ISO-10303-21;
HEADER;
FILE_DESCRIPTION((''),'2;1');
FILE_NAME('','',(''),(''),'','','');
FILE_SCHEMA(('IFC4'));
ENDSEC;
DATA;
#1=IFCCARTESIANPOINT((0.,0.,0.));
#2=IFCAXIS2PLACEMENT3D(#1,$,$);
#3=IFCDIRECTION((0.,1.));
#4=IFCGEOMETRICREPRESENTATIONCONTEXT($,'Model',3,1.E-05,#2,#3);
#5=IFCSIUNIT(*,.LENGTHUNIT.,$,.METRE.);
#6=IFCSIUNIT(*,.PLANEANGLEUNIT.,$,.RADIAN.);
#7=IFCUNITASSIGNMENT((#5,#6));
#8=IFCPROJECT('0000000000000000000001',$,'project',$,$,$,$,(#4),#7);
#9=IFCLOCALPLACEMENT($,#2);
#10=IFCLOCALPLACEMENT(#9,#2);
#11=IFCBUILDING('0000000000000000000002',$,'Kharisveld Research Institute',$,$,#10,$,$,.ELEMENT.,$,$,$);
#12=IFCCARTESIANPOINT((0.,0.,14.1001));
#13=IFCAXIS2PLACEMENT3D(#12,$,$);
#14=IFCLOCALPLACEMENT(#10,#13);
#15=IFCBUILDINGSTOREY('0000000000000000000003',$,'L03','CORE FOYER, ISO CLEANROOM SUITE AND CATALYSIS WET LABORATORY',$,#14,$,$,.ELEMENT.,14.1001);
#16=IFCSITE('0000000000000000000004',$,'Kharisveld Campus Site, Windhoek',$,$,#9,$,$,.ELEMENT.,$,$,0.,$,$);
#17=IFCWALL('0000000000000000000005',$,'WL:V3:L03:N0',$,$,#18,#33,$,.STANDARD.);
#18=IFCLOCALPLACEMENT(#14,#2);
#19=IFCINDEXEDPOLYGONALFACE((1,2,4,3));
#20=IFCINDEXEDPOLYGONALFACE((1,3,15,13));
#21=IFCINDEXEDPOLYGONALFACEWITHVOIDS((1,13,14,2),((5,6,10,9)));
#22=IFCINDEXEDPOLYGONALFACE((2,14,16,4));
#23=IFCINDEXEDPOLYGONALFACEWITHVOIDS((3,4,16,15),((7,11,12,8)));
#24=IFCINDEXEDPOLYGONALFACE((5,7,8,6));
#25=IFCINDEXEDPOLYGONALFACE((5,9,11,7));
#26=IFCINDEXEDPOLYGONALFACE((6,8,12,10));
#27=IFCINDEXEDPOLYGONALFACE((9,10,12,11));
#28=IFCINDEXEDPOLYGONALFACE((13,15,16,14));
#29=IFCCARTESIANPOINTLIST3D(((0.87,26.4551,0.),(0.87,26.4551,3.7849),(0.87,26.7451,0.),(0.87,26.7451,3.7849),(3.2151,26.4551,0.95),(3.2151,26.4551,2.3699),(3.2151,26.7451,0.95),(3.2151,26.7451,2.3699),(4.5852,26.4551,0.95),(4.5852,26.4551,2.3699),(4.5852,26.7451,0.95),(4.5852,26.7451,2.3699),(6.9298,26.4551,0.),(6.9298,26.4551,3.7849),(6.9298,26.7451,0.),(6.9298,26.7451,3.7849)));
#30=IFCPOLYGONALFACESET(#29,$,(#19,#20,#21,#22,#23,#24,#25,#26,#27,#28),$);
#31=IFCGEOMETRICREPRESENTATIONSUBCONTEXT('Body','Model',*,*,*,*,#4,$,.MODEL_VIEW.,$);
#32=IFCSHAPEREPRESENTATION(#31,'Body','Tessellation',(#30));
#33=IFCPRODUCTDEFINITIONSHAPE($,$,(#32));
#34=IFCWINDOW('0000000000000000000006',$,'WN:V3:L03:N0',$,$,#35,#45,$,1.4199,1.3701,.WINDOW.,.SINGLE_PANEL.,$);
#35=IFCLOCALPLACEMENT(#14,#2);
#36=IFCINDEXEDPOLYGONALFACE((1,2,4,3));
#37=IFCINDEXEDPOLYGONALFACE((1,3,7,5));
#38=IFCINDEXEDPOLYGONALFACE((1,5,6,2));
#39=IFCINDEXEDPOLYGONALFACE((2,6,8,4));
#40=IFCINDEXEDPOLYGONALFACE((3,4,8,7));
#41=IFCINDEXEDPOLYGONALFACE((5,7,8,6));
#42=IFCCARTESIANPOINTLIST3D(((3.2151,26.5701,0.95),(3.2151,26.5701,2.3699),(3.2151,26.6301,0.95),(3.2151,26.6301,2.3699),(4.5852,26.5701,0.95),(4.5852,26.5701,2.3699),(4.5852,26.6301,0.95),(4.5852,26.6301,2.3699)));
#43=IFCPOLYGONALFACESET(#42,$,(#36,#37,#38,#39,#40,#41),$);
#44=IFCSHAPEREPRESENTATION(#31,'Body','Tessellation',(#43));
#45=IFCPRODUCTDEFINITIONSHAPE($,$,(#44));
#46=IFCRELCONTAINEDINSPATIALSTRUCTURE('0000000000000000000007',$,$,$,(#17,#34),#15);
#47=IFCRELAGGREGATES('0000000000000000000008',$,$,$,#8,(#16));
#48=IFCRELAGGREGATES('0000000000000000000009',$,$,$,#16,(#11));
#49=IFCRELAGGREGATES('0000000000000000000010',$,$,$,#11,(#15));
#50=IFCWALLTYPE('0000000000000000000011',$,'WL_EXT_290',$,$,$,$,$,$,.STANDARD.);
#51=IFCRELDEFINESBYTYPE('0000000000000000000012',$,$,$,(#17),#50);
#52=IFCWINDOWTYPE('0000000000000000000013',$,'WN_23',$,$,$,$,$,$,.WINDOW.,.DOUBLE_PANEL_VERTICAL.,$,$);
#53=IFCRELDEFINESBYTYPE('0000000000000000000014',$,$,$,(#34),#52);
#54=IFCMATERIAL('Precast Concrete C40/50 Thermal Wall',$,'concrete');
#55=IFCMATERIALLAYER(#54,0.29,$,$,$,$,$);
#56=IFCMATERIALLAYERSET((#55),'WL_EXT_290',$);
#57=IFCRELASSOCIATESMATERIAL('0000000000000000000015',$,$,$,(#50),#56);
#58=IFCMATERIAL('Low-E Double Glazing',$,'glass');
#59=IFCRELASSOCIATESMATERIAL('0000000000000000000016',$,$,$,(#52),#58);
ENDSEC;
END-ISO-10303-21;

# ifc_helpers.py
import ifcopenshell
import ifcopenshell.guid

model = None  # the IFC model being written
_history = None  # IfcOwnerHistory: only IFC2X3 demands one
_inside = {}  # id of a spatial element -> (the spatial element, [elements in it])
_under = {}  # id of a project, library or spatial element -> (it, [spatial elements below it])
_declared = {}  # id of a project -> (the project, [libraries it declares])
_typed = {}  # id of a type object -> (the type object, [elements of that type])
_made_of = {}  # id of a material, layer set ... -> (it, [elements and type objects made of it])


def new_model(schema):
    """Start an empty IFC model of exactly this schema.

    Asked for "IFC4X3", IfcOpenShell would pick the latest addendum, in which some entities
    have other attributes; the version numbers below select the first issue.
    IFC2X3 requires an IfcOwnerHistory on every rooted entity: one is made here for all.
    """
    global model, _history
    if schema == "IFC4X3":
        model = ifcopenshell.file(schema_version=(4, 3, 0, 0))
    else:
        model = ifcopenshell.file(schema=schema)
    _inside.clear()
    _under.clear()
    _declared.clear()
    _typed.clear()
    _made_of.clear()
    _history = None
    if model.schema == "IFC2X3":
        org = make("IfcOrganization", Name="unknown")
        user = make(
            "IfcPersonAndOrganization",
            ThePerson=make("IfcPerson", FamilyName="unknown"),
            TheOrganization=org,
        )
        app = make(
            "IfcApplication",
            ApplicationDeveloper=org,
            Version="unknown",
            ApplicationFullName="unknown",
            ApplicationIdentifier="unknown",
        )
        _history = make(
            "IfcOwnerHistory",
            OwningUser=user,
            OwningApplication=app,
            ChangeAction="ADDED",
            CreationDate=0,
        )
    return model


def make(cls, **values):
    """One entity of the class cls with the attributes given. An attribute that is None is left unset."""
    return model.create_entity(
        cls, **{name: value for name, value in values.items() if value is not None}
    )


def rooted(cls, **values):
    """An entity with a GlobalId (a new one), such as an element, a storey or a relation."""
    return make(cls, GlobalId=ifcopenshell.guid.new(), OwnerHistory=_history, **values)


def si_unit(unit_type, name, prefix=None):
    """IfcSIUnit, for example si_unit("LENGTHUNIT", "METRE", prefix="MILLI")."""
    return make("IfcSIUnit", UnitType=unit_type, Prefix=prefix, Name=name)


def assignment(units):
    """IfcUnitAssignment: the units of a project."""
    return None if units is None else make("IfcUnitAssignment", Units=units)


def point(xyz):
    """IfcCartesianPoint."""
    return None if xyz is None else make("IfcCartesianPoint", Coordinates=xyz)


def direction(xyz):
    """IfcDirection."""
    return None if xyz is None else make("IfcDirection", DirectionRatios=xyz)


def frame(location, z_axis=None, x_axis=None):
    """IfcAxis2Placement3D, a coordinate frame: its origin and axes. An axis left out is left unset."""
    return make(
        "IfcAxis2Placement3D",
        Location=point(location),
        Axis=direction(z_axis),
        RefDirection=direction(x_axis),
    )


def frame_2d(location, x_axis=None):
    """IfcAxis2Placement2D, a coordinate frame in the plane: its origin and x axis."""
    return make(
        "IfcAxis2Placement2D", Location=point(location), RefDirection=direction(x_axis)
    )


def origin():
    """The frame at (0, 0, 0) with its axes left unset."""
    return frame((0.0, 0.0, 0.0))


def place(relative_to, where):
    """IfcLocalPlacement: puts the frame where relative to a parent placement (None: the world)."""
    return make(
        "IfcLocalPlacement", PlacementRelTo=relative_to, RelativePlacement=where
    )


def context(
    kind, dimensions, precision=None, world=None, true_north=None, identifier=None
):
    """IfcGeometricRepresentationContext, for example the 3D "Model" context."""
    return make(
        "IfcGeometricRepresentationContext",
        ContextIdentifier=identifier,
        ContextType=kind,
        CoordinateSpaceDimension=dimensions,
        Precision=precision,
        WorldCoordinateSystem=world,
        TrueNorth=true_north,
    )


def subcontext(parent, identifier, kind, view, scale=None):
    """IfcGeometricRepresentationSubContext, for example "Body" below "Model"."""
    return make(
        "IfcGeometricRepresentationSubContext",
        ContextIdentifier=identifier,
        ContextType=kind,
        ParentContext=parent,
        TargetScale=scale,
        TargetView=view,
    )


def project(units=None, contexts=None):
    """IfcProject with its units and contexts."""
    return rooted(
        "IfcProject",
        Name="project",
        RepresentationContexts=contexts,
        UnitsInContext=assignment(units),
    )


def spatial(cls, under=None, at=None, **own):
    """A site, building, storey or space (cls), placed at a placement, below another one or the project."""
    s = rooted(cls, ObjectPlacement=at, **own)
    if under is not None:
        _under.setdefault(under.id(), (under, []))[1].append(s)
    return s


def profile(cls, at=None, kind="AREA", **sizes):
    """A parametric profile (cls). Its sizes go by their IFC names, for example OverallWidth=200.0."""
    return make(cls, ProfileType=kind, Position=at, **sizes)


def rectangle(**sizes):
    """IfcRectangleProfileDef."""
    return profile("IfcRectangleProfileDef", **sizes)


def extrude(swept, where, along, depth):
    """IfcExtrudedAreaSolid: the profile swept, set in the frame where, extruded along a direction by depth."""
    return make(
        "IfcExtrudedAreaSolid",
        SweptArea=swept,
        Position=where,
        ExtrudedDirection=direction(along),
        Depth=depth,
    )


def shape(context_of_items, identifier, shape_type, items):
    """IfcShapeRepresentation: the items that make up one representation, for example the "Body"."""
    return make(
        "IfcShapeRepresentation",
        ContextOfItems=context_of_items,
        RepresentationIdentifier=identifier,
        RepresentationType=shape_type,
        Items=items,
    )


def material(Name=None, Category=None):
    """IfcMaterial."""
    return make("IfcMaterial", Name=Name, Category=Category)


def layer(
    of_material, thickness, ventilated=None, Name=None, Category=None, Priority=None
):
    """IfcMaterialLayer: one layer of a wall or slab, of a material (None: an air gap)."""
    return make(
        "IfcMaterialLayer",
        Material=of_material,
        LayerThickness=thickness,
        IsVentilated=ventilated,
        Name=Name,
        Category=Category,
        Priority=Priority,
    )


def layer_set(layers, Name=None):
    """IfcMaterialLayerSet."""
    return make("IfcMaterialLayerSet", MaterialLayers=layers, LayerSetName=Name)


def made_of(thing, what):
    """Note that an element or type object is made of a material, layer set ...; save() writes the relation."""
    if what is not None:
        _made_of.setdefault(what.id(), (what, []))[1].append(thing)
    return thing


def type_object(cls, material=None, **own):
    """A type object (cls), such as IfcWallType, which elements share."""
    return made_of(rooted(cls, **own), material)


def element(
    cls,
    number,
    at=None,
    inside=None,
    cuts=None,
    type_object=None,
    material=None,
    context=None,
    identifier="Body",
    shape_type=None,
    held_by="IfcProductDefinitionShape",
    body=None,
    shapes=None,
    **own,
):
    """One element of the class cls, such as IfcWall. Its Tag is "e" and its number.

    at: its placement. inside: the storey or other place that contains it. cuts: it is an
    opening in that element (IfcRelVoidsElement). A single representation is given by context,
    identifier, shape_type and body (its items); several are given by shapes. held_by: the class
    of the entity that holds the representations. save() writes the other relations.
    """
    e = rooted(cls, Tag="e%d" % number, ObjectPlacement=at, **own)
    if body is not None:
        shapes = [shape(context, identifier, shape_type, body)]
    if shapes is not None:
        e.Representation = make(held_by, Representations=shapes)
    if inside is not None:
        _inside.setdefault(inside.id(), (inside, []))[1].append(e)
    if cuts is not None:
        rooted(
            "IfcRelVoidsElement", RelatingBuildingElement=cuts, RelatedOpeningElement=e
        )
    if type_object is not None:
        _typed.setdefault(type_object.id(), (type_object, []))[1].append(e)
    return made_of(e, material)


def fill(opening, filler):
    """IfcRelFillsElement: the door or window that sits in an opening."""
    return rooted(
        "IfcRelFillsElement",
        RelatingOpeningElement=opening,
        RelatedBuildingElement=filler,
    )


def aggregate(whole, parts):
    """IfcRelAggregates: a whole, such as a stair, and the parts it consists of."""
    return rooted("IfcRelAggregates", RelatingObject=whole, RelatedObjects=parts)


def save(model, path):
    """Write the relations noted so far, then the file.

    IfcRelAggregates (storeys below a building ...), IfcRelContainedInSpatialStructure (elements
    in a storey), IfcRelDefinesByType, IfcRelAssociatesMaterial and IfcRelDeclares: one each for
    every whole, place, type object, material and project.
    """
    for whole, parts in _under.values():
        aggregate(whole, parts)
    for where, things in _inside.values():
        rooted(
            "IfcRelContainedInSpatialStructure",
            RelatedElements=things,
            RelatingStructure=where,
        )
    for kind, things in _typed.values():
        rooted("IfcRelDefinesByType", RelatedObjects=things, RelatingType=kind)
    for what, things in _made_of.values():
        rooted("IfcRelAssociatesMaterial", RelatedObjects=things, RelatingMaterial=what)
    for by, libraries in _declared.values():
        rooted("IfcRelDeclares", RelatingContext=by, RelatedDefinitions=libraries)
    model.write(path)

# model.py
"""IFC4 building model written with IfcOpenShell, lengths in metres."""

from ifc_helpers import new_model, si_unit, direction, frame, frame_2d, origin, place, context, subcontext, project, spatial, rectangle, extrude, material, layer, layer_set, type_object, element, fill, save


model = new_model("IFC4")

# Units and contexts
model_context = context("Model", 3, precision=1e-05, world=origin(), true_north=direction((0.0, 1.0)))
body_context = subcontext(model_context, "Body", "Model", "MODEL_VIEW")
ifc_project = project(units=[si_unit("LENGTHUNIT", "METRE"), si_unit("PLANEANGLEUNIT", "RADIAN")], contexts=[model_context])

# Site, building, storey
site_placement = place(None, origin())
site = spatial("IfcSite", under=ifc_project, at=site_placement, Name="Kharisveld Campus Site, Windhoek", CompositionType="ELEMENT", RefElevation=0.0)
building_placement = place(site_placement, origin())
building = spatial("IfcBuilding", under=site, at=building_placement, Name="Kharisveld Research Institute", CompositionType="ELEMENT")
storey_placement = place(building_placement, frame((0.0, 0.0, 14.1001)))
storey = spatial("IfcBuildingStorey", under=building, at=storey_placement, Name="L03", Description="CORE FOYER, ISO CLEANROOM SUITE AND CATALYSIS WET LABORATORY", CompositionType="ELEMENT", Elevation=14.1001)

# Wall, opening, window
ifc_material_1 = material(Name="Precast Concrete C40/50 Thermal Wall", Category="concrete")
ifc_layer_1 = layer(ifc_material_1, 0.29)
ifc_layer_set_1 = layer_set([ifc_layer_1], Name="WL_EXT_290")
wall_type = type_object("IfcWallType", Name="WL_EXT_290", PredefinedType="STANDARD", material=ifc_layer_set_1)
wall_placement = place(storey_placement, frame((0.8701, 26.6001, 0.0), z_axis=(0.0, 0.0, 1.0), x_axis=(1.0, 0.0, 0.0)))
wall = element("IfcWall", 1, at=wall_placement, inside=storey, type_object=wall_type, Name="WL:V3:L03:N0", PredefinedType="STANDARD", context=body_context, shape_type="SweptSolid", body=[
    extrude(rectangle(XDim=6.0598, YDim=0.29, at=frame_2d((3.0298, 0.0))), origin(), (0.0, 0.0, 1.0), 3.7849),
])
opening_placement = place(wall_placement, frame((2.345, 0.0, 0.95)))
opening = element("IfcOpeningElement", 2, at=opening_placement, cuts=wall, PredefinedType="OPENING", context=body_context, shape_type="SweptSolid", body=[
    extrude(rectangle(XDim=1.3701, YDim=1.4199, at=frame_2d((0.6851, 0.71))), frame((0.0, 0.145, 0.0), z_axis=(0.0, -1.0, 0.0), x_axis=(1.0, 0.0, 0.0)), (0.0, 0.0, 1.0), 0.29),
])
ifc_material_2 = material(Name="Low-E Double Glazing", Category="glass")
window_type = type_object("IfcWindowType", Name="WN_23", PartitioningType="DOUBLE_PANEL_VERTICAL", PredefinedType="WINDOW", material=ifc_material_2)
window_placement = place(opening_placement, origin())
window = element("IfcWindow", 3, at=window_placement, inside=storey, type_object=window_type, Name="WN:V3:L03:N0", OverallHeight=1.4199, OverallWidth=1.3701, PartitioningType="SINGLE_PANEL", PredefinedType="WINDOW", context=body_context, shape_type="SweptSolid", body=[
    extrude(rectangle(XDim=1.3701, YDim=1.4199, at=frame_2d((0.6851, 0.71))), frame((0.0, 0.03, 0.0), z_axis=(0.0, -1.0, 0.0), x_axis=(1.0, 0.0, 0.0)), (0.0, 0.0, 1.0), 0.0601),
])
fill(opening, window)

save(model, "model.ifc")
